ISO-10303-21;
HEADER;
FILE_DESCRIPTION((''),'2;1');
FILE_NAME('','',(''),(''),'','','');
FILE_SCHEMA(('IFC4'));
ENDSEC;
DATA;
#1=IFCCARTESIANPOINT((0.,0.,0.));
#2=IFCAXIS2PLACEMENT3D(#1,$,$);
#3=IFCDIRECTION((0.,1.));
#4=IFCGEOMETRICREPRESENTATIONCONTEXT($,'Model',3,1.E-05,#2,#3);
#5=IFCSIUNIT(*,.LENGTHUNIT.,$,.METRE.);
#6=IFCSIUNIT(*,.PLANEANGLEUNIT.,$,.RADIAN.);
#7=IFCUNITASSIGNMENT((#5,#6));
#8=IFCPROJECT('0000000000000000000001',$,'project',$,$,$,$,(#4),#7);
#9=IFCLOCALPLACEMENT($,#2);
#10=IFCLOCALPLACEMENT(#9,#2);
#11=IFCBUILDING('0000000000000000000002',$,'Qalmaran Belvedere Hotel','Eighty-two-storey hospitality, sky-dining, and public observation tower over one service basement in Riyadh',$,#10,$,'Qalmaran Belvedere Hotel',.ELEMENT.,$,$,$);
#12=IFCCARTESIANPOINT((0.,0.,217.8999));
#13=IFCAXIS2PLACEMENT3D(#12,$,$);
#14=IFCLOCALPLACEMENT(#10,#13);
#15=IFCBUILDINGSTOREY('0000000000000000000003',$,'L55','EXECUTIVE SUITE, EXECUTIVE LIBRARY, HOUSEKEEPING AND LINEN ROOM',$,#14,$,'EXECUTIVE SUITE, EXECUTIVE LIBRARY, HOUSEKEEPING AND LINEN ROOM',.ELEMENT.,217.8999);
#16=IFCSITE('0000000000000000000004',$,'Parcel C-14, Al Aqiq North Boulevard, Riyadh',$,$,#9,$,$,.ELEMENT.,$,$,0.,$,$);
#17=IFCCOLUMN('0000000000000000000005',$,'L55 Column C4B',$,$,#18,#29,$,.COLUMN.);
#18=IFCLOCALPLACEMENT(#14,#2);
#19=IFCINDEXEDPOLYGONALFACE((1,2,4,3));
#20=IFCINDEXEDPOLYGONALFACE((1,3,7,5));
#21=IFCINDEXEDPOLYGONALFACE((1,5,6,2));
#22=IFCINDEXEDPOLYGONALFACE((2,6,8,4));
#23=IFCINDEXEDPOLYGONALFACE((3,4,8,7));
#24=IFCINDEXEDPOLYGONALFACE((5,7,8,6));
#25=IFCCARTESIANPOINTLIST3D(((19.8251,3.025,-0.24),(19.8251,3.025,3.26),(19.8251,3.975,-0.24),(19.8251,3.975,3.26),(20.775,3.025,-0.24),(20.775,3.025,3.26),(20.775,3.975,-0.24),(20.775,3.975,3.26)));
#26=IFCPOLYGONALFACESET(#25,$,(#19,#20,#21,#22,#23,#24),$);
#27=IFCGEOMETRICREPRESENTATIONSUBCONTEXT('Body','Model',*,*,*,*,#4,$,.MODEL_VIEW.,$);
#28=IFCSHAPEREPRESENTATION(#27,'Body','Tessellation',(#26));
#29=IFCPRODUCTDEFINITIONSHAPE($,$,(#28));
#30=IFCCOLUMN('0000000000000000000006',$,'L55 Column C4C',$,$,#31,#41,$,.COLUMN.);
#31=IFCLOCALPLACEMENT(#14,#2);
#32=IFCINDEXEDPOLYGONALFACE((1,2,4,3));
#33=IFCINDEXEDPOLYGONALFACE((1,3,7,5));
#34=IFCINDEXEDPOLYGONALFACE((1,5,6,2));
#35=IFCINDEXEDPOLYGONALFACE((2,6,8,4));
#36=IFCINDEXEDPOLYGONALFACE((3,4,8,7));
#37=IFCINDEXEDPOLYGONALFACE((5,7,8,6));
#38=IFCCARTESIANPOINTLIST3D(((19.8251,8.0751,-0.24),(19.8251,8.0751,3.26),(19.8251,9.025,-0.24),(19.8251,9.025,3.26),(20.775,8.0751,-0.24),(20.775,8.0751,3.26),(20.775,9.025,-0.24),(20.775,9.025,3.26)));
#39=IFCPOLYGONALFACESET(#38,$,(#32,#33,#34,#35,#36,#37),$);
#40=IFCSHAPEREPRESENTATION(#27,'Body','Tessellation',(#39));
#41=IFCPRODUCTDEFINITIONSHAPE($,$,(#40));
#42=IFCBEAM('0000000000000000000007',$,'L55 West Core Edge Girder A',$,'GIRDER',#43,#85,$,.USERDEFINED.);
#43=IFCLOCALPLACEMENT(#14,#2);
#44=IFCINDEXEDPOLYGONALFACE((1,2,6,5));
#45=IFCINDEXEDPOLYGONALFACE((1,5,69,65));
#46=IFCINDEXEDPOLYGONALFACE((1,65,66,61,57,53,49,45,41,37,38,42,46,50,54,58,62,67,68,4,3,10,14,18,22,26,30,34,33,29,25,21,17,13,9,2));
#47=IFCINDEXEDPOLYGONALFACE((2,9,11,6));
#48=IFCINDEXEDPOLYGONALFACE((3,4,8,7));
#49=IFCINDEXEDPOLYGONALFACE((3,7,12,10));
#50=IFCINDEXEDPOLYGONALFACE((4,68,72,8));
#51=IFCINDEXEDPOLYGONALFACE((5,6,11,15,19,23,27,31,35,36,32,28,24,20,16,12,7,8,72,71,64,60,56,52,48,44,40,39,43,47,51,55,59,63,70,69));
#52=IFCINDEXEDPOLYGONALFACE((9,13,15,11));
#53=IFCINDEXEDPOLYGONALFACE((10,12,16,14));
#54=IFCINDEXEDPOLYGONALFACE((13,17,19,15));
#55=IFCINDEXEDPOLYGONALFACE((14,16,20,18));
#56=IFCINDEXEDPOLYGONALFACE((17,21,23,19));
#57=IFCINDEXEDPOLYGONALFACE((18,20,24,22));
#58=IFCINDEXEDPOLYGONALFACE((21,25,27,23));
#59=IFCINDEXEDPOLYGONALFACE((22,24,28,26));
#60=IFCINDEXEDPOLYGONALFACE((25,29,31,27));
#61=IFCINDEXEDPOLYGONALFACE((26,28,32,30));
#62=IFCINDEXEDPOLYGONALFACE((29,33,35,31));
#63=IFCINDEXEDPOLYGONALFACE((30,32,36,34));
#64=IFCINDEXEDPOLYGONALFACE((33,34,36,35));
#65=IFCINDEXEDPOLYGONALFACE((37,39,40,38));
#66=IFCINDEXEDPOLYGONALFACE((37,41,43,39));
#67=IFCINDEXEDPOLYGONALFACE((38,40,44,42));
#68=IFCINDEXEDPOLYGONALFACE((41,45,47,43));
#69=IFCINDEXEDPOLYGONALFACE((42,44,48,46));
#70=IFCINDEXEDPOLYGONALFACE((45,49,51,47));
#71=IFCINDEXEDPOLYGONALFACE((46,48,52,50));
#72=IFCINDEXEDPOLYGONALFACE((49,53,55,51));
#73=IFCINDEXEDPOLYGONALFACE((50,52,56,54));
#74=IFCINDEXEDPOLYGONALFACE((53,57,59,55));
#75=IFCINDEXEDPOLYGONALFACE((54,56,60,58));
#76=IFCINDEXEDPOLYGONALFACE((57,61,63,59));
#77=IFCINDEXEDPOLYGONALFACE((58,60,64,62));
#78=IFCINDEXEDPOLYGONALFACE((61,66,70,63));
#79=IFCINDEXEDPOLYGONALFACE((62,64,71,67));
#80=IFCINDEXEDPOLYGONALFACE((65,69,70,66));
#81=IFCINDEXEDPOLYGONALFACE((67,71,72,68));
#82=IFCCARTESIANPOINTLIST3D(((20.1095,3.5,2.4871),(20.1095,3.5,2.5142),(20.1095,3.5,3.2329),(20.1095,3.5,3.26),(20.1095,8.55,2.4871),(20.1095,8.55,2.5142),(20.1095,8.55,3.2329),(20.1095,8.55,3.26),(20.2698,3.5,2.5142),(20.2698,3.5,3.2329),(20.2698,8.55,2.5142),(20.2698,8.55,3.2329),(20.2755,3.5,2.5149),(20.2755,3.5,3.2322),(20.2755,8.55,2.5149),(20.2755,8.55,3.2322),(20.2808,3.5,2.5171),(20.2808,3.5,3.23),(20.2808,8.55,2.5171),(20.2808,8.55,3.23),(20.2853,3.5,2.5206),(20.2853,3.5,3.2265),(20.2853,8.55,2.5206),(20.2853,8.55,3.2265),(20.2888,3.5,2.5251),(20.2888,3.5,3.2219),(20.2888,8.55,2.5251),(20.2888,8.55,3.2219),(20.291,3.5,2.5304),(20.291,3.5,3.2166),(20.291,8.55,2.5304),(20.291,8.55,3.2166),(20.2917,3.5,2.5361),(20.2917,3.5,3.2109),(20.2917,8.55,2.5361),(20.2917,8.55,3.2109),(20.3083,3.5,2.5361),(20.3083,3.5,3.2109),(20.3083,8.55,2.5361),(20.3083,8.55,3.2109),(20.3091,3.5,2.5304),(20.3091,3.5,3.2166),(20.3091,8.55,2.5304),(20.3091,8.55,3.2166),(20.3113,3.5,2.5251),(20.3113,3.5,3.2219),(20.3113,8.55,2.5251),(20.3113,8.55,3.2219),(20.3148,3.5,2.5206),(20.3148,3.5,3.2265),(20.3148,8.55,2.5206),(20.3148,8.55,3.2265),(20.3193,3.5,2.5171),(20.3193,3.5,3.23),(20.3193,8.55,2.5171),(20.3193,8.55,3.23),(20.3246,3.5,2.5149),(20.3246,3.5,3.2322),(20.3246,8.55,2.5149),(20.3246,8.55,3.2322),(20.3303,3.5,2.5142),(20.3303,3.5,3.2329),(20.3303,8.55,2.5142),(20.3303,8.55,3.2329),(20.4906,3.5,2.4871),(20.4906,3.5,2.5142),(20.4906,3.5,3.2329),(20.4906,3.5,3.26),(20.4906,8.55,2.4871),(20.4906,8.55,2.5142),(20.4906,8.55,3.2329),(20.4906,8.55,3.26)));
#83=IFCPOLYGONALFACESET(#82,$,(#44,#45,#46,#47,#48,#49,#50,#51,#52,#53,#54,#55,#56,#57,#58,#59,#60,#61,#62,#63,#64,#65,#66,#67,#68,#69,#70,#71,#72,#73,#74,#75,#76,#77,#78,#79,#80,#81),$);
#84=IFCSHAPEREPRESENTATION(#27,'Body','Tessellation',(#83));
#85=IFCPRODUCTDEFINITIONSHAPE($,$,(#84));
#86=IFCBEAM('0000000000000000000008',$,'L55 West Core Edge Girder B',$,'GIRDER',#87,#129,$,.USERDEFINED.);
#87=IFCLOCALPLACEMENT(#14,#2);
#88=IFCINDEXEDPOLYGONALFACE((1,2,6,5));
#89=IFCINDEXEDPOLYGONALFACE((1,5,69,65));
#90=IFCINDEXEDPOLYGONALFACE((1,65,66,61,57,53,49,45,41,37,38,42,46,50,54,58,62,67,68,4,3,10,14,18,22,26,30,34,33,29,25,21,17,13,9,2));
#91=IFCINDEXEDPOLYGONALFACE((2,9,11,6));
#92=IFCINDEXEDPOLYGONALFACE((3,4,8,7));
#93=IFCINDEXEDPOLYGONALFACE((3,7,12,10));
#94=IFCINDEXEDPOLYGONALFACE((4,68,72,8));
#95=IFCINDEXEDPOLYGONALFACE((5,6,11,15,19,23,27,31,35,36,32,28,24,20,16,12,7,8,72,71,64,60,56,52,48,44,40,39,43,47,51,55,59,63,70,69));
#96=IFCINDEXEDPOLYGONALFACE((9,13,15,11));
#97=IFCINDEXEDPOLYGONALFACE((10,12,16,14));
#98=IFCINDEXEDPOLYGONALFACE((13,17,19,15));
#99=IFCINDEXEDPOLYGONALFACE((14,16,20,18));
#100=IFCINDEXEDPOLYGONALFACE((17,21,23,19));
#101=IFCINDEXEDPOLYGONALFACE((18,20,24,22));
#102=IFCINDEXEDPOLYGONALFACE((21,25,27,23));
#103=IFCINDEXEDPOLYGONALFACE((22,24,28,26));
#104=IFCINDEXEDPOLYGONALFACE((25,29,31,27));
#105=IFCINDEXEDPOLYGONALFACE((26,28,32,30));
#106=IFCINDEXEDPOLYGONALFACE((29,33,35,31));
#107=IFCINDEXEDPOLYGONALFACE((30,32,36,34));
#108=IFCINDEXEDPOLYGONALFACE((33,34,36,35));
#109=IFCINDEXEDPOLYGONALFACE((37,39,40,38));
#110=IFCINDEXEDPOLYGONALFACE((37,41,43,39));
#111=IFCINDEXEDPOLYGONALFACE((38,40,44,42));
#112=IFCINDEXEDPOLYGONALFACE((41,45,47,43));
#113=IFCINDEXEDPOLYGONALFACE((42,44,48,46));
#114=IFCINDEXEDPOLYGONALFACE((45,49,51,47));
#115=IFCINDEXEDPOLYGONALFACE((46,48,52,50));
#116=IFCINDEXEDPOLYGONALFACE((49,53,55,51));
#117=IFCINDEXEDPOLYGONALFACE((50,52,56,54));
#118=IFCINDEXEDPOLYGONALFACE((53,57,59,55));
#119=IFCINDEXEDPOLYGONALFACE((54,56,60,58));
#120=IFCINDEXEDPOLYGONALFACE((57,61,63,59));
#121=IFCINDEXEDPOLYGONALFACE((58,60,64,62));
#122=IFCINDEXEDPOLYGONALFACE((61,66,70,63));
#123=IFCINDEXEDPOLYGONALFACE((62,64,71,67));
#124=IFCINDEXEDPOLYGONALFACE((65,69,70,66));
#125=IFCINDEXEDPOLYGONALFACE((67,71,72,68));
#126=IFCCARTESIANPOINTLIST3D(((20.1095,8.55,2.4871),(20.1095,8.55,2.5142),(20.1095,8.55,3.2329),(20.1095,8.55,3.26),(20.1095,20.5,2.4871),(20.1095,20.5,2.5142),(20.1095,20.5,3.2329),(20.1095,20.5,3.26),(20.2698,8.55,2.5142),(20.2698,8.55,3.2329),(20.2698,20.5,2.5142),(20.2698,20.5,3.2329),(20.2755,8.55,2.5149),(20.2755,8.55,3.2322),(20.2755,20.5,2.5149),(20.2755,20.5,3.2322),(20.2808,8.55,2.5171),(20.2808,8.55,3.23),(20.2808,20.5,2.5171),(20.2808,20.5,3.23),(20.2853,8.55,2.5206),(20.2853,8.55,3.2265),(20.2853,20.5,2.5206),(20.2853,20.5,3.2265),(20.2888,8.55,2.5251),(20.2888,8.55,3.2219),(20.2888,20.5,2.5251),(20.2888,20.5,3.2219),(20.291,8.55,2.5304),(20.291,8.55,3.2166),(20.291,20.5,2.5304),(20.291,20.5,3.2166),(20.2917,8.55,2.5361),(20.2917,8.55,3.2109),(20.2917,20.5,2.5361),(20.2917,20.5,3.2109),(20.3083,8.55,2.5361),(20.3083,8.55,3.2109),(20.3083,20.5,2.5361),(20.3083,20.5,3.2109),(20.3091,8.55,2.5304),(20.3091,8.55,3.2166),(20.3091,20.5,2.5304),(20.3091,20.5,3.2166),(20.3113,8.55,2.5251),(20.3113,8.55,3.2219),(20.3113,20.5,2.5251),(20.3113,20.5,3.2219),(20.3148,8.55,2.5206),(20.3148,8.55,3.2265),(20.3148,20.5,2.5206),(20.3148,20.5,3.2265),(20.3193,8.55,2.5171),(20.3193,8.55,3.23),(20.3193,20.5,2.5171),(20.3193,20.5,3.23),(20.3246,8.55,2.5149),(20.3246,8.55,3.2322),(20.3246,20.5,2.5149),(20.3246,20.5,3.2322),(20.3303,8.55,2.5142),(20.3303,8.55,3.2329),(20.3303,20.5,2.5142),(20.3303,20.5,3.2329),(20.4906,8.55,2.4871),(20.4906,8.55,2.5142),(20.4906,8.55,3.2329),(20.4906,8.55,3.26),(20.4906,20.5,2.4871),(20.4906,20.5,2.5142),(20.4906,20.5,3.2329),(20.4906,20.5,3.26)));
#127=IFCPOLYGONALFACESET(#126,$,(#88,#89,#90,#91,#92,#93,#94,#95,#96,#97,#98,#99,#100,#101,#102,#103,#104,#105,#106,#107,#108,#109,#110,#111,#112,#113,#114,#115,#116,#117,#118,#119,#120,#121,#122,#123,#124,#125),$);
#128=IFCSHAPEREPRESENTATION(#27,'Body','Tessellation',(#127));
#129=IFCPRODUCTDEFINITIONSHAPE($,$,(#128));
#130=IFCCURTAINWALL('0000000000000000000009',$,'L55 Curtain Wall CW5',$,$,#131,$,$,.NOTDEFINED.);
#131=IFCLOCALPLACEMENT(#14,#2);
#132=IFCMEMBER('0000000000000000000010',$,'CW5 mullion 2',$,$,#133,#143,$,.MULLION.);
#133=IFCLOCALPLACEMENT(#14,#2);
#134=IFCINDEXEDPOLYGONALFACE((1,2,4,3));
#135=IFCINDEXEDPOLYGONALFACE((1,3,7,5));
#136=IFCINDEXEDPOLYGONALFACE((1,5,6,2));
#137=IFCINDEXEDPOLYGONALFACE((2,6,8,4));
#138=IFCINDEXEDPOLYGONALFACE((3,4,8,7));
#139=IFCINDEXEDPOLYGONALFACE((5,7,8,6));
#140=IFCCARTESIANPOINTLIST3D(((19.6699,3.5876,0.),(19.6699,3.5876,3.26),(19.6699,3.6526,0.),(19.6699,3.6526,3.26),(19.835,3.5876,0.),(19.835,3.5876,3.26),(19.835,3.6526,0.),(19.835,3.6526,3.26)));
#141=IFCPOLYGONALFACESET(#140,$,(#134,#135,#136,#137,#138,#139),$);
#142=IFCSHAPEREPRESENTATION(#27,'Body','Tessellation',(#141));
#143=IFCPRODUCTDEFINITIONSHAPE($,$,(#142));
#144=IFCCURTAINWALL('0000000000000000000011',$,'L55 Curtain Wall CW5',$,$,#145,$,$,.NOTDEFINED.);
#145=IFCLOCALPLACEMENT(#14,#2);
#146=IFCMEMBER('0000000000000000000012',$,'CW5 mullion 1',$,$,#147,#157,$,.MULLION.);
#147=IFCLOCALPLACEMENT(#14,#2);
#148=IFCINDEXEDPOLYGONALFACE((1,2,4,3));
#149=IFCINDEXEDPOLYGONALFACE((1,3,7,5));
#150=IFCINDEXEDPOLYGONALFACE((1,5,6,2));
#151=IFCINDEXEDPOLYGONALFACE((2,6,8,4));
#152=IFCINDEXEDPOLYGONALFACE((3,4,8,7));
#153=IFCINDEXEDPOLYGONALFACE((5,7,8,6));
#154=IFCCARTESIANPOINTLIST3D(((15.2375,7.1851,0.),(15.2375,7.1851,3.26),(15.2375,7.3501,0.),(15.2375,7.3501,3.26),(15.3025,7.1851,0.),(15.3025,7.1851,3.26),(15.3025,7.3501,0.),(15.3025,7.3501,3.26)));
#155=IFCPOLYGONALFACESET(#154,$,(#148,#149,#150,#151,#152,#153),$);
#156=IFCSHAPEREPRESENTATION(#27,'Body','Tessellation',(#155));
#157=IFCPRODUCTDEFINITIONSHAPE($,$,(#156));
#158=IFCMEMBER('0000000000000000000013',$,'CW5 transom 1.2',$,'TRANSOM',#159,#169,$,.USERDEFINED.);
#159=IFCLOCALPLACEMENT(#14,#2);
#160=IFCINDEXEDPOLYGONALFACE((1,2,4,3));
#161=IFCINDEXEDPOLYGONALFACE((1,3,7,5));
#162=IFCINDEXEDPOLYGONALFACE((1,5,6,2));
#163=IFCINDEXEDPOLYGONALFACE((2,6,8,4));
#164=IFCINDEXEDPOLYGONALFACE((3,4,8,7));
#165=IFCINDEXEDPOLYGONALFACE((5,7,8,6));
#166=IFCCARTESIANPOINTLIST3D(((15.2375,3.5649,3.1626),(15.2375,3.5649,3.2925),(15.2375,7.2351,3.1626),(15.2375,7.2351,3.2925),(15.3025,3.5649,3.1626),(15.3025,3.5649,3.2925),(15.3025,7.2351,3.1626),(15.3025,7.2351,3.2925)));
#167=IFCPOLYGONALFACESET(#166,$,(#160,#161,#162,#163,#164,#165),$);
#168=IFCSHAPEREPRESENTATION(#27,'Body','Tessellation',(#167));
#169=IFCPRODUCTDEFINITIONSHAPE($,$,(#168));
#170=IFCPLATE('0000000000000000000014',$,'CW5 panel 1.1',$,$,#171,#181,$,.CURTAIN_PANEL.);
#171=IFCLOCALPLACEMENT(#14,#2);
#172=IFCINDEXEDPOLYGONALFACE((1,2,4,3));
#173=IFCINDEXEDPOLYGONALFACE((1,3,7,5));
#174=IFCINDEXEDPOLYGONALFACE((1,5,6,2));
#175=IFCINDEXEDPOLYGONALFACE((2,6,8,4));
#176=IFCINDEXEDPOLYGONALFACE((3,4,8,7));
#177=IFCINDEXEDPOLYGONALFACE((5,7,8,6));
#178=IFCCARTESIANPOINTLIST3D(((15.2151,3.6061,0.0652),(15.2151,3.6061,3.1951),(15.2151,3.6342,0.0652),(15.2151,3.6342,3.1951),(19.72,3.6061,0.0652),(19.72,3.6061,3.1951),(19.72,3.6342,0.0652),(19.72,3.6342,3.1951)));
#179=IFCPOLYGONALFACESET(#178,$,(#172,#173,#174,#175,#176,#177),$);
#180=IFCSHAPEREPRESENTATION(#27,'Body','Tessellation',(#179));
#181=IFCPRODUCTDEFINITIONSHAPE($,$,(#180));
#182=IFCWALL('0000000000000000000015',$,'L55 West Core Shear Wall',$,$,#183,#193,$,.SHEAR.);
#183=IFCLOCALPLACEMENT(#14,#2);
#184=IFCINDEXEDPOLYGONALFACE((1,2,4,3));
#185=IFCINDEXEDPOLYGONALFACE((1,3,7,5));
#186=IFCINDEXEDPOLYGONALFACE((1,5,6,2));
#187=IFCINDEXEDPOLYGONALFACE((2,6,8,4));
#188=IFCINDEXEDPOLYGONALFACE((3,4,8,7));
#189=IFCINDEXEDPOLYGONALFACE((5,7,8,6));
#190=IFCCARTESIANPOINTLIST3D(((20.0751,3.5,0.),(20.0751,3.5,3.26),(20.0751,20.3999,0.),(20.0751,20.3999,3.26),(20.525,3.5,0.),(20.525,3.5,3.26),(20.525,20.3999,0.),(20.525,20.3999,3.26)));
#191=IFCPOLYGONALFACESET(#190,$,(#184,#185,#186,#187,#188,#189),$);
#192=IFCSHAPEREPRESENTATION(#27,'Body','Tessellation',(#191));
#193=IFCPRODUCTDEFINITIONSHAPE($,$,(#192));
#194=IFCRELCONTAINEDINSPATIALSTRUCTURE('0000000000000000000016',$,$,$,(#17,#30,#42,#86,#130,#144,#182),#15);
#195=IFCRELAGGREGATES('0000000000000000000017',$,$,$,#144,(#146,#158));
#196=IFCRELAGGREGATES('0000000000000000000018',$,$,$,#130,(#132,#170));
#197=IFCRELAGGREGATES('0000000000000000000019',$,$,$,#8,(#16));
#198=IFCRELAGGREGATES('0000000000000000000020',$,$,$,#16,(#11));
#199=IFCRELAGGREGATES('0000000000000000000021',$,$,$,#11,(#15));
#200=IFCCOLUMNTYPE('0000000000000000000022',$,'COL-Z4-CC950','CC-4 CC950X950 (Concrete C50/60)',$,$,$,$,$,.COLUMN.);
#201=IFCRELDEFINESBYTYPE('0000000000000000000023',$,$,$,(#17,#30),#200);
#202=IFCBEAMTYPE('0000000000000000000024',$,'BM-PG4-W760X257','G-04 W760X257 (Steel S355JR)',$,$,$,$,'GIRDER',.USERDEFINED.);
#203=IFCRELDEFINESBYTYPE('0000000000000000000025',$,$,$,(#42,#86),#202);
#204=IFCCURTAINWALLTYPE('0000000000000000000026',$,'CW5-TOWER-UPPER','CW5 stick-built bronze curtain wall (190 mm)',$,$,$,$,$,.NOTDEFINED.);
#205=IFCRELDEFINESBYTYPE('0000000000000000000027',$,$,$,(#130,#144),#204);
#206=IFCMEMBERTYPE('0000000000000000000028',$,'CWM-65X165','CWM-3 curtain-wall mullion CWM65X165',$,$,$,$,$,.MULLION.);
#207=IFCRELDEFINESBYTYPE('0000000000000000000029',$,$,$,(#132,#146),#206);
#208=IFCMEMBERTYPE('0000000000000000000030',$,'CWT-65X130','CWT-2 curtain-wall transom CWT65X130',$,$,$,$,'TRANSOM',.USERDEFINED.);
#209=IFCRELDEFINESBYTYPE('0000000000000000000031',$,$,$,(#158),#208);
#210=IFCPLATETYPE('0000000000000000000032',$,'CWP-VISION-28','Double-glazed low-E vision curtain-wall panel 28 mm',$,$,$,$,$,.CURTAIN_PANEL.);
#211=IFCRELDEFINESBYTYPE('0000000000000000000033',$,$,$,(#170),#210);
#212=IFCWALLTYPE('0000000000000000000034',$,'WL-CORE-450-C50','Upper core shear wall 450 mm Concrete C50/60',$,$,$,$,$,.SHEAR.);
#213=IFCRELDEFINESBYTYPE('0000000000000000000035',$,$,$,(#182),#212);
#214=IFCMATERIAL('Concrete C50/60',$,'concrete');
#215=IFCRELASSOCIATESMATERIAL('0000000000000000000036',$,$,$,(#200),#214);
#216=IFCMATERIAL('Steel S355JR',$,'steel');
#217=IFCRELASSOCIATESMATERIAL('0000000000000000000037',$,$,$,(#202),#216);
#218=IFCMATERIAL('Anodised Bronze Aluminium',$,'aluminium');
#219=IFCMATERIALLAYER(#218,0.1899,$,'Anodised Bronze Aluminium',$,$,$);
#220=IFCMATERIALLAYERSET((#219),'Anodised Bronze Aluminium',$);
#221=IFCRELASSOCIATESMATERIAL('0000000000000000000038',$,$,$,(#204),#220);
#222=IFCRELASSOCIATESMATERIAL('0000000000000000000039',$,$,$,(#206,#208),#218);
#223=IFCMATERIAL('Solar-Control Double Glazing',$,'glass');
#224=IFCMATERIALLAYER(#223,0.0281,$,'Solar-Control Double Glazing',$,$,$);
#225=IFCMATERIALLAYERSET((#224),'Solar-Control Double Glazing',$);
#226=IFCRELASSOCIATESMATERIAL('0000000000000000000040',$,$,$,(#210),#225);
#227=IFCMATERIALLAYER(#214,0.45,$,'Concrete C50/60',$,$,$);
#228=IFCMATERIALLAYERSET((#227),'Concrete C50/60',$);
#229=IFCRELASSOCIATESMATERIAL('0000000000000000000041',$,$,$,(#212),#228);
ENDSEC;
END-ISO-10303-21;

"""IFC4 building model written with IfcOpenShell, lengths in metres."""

from ifc_helpers import new_model, si_unit, direction, frame, frame_2d, origin, origin_2d, place, context, subcontext, project, spatial, rectangle, i_section, extrude, material, layer, layer_set, material_profile, profile_set, type_object, element, aggregate, save


model = new_model("IFC4")

# Units and contexts
model_context = context("Model", 3, precision=1e-05, world=origin(), true_north=direction((0.0, 1.0)))
body_context = subcontext(model_context, "Body", "Model", "MODEL_VIEW")
ifc_project = project(units=[si_unit("LENGTHUNIT", "METRE"), si_unit("PLANEANGLEUNIT", "RADIAN")], contexts=[model_context])

# Site, building, storey
site_placement = place(None, origin())
site = spatial("IfcSite", under=ifc_project, at=site_placement, Name="Parcel C-14, Al Aqiq North Boulevard, Riyadh", CompositionType="ELEMENT", RefElevation=0.0)
building_placement = place(site_placement, origin())
building = spatial("IfcBuilding", under=site, at=building_placement, Name="Qalmaran Belvedere Hotel", Description="Eighty-two-storey hospitality, sky-dining, and public observation tower over one service basement in Riyadh", LongName="Qalmaran Belvedere Hotel", CompositionType="ELEMENT")
storey_placement = place(building_placement, frame((0.0, 0.0, 217.8999)))
storey = spatial("IfcBuildingStorey", under=building, at=storey_placement, Name="L55", Description="EXECUTIVE SUITE, EXECUTIVE LIBRARY, HOUSEKEEPING AND LINEN ROOM", LongName="EXECUTIVE SUITE, EXECUTIVE LIBRARY, HOUSEKEEPING AND LINEN ROOM", CompositionType="ELEMENT", Elevation=217.8999)

# Columns
ifc_material_1 = material(Name="Concrete C50/60", Category="concrete")
ifc_material_profile_1 = material_profile(ifc_material_1, rectangle(XDim=0.95, YDim=0.95, at=origin_2d()), Name="CC950X950")
ifc_profile_set_1 = profile_set([ifc_material_profile_1], Name="Concrete C50/60")
column_type = type_object("IfcColumnType", Name="COL-Z4-CC950", Description="CC-4 CC950X950 (Concrete C50/60)", PredefinedType="COLUMN", material=ifc_profile_set_1)
for number, where, z_axis, x_axis, name in (
    (1, (20.3, 3.5, -0.24), (0.0, 0.0, 1.0), (1.0, 0.0, 0.0), "L55 Column C4B"),
    (2, (20.3, 8.55, -0.24), (0.0, 0.0, 1.0), (1.0, 0.0, 0.0), "L55 Column C4C"),
):
    element("IfcColumn", number, at=place(storey_placement, frame(where, z_axis=z_axis, x_axis=x_axis)), inside=storey, type_object=column_type, Name=name, PredefinedType="COLUMN", context=body_context, shape_type="SweptSolid", body=[
        extrude(rectangle(XDim=0.95, YDim=0.95, at=origin_2d()), origin(), (0.0, 0.0, 1.0), 3.5),
    ])

# Beams
ifc_material_2 = material(Name="Steel S355JR", Category="steel")
ifc_material_profile_2 = material_profile(ifc_material_2, i_section(OverallWidth=0.3811, OverallDepth=0.7729, WebThickness=0.0166, FlangeThickness=0.0271, FilletRadius=0.022, at=origin_2d()), Name="W760X257")
ifc_profile_set_2 = profile_set([ifc_material_profile_2], Name="Steel S355JR")
beam_type = type_object("IfcBeamType", Name="BM-PG4-W760X257", Description="G-04 W760X257 (Steel S355JR)", ElementType="GIRDER", PredefinedType="USERDEFINED", material=ifc_profile_set_2)
beam_1_placement = place(storey_placement, frame((20.3, 3.5, 2.8735), z_axis=(0.0, 1.0, 0.0), x_axis=(-1.0, 0.0, 0.0)))
element("IfcBeam", 3, at=beam_1_placement, inside=storey, type_object=beam_type, Name="L55 West Core Edge Girder A", ObjectType="GIRDER", PredefinedType="USERDEFINED", context=body_context, shape_type="SweptSolid", body=[
    extrude(i_section(OverallWidth=0.3811, OverallDepth=0.7729, WebThickness=0.0166, FlangeThickness=0.0271, FilletRadius=0.022, at=origin_2d()), origin(), (0.0, 0.0, 1.0), 5.05),
])
beam_2_placement = place(storey_placement, frame((20.3, 8.55, 2.8735), z_axis=(0.0, 1.0, 0.0), x_axis=(-1.0, 0.0, 0.0)))
element("IfcBeam", 4, at=beam_2_placement, inside=storey, type_object=beam_type, Name="L55 West Core Edge Girder B", ObjectType="GIRDER", PredefinedType="USERDEFINED", context=body_context, shape_type="SweptSolid", body=[
    extrude(i_section(OverallWidth=0.3811, OverallDepth=0.7729, WebThickness=0.0166, FlangeThickness=0.0271, FilletRadius=0.022, at=origin_2d()), origin(), (0.0, 0.0, 1.0), 11.95),
])

# Curtain wall, member
ifc_material_3 = material(Name="Anodised Bronze Aluminium", Category="aluminium")
ifc_layer_1 = layer(ifc_material_3, 0.1899, Name="Anodised Bronze Aluminium")
ifc_layer_set_1 = layer_set([ifc_layer_1], Name="Anodised Bronze Aluminium")
curtain_wall_type = type_object("IfcCurtainWallType", Name="CW5-TOWER-UPPER", Description="CW5 stick-built bronze curtain wall (190 mm)", PredefinedType="NOTDEFINED", material=ifc_layer_set_1)
curtain_wall_1_placement = place(storey_placement, origin())
curtain_wall_1 = element("IfcCurtainWall", 5, at=curtain_wall_1_placement, inside=storey, type_object=curtain_wall_type, Name="L55 Curtain Wall CW5", PredefinedType="NOTDEFINED")
ifc_material_profile_3 = material_profile(ifc_material_3, rectangle(XDim=0.0649, YDim=0.165, at=origin_2d()), Name="CWM65X165")
ifc_profile_set_3 = profile_set([ifc_material_profile_3], Name="Anodised Bronze Aluminium")
member_type_1 = type_object("IfcMemberType", Name="CWM-65X165", Description="CWM-3 curtain-wall mullion CWM65X165", PredefinedType="MULLION", material=ifc_profile_set_3)
member_1_placement = place(storey_placement, frame((19.7524, 3.6201, 0.0), z_axis=(0.0, 0.0, 1.0), x_axis=(0.0, 1.0, 0.0)))
member_1 = element("IfcMember", 6, at=member_1_placement, type_object=member_type_1, Name="CW5 mullion 2", PredefinedType="MULLION", context=body_context, shape_type="SweptSolid", body=[
    extrude(rectangle(XDim=0.0649, YDim=0.165, at=origin_2d()), origin(), (0.0, 0.0, 1.0), 3.26),
])

# Curtain wall, members
curtain_wall_2_placement = place(storey_placement, origin())
curtain_wall_2 = element("IfcCurtainWall", 7, at=curtain_wall_2_placement, inside=storey, type_object=curtain_wall_type, Name="L55 Curtain Wall CW5", PredefinedType="NOTDEFINED")
member_2_placement = place(storey_placement, frame((15.27, 7.2676, 0.0), z_axis=(0.0, 0.0, 1.0), x_axis=(1.0, 0.0, 0.0)))
member_2 = element("IfcMember", 8, at=member_2_placement, type_object=member_type_1, Name="CW5 mullion 1", PredefinedType="MULLION", context=body_context, shape_type="SweptSolid", body=[
    extrude(rectangle(XDim=0.0649, YDim=0.165, at=origin_2d()), origin(), (0.0, 0.0, 1.0), 3.26),
])
ifc_material_profile_4 = material_profile(ifc_material_3, rectangle(XDim=0.0649, YDim=0.1299, at=origin_2d()), Name="CWT65X130")
ifc_profile_set_4 = profile_set([ifc_material_profile_4], Name="Anodised Bronze Aluminium")
member_type_2 = type_object("IfcMemberType", Name="CWT-65X130", Description="CWT-2 curtain-wall transom CWT65X130", ElementType="TRANSOM", PredefinedType="USERDEFINED", material=ifc_profile_set_4)
member_3_placement = place(storey_placement, frame((15.27, 7.2351, 3.2275), z_axis=(0.0, -1.0, 0.0), x_axis=(1.0, 0.0, 0.0)))
member_3 = element("IfcMember", 9, at=member_3_placement, type_object=member_type_2, Name="CW5 transom 1.2", ObjectType="TRANSOM", PredefinedType="USERDEFINED", context=body_context, shape_type="SweptSolid", body=[
    extrude(rectangle(XDim=0.0649, YDim=0.1299, at=origin_2d()), origin(), (0.0, 0.0, 1.0), 3.6702),
])
aggregate(curtain_wall_2, [member_2, member_3])

# Plate
ifc_material_4 = material(Name="Solar-Control Double Glazing", Category="glass")
ifc_layer_2 = layer(ifc_material_4, 0.0281, Name="Solar-Control Double Glazing")
ifc_layer_set_2 = layer_set([ifc_layer_2], Name="Solar-Control Double Glazing")
plate_type = type_object("IfcPlateType", Name="CWP-VISION-28", Description="Double-glazed low-E vision curtain-wall panel 28 mm", PredefinedType="CURTAIN_PANEL", material=ifc_layer_set_2)
plate_placement = place(storey_placement, frame((17.4675, 3.6201, 0.0652), z_axis=(0.0, 0.0, 1.0), x_axis=(1.0, 0.0, 0.0)))
plate = element("IfcPlate", 10, at=plate_placement, type_object=plate_type, Name="CW5 panel 1.1", PredefinedType="CURTAIN_PANEL", context=body_context, shape_type="SweptSolid", body=[
    extrude(rectangle(XDim=4.5049, YDim=0.0281, at=origin_2d()), origin(), (0.0, 0.0, 1.0), 3.1299),
])
aggregate(curtain_wall_1, [member_1, plate])

# Wall
ifc_layer_3 = layer(ifc_material_1, 0.45, Name="Concrete C50/60")
ifc_layer_set_3 = layer_set([ifc_layer_3], Name="Concrete C50/60")
wall_type_1 = type_object("IfcWallType", Name="WL-CORE-450-C50", Description="Upper core shear wall 450 mm Concrete C50/60", PredefinedType="SHEAR", material=ifc_layer_set_3)
wall_1_placement = place(storey_placement, frame((20.3, 3.5, 0.0), z_axis=(0.0, 0.0, 1.0), x_axis=(0.0, 1.0, 0.0)))
element("IfcWall", 11, at=wall_1_placement, inside=storey, type_object=wall_type_1, Name="L55 West Core Shear Wall", PredefinedType="SHEAR", context=body_context, shape_type="SweptSolid", body=[
    extrude(rectangle(XDim=16.8999, YDim=0.45, at=frame_2d((8.45, 0.0))), origin(), (0.0, 0.0, 1.0), 3.26),
])

save(model, "model.ifc")
